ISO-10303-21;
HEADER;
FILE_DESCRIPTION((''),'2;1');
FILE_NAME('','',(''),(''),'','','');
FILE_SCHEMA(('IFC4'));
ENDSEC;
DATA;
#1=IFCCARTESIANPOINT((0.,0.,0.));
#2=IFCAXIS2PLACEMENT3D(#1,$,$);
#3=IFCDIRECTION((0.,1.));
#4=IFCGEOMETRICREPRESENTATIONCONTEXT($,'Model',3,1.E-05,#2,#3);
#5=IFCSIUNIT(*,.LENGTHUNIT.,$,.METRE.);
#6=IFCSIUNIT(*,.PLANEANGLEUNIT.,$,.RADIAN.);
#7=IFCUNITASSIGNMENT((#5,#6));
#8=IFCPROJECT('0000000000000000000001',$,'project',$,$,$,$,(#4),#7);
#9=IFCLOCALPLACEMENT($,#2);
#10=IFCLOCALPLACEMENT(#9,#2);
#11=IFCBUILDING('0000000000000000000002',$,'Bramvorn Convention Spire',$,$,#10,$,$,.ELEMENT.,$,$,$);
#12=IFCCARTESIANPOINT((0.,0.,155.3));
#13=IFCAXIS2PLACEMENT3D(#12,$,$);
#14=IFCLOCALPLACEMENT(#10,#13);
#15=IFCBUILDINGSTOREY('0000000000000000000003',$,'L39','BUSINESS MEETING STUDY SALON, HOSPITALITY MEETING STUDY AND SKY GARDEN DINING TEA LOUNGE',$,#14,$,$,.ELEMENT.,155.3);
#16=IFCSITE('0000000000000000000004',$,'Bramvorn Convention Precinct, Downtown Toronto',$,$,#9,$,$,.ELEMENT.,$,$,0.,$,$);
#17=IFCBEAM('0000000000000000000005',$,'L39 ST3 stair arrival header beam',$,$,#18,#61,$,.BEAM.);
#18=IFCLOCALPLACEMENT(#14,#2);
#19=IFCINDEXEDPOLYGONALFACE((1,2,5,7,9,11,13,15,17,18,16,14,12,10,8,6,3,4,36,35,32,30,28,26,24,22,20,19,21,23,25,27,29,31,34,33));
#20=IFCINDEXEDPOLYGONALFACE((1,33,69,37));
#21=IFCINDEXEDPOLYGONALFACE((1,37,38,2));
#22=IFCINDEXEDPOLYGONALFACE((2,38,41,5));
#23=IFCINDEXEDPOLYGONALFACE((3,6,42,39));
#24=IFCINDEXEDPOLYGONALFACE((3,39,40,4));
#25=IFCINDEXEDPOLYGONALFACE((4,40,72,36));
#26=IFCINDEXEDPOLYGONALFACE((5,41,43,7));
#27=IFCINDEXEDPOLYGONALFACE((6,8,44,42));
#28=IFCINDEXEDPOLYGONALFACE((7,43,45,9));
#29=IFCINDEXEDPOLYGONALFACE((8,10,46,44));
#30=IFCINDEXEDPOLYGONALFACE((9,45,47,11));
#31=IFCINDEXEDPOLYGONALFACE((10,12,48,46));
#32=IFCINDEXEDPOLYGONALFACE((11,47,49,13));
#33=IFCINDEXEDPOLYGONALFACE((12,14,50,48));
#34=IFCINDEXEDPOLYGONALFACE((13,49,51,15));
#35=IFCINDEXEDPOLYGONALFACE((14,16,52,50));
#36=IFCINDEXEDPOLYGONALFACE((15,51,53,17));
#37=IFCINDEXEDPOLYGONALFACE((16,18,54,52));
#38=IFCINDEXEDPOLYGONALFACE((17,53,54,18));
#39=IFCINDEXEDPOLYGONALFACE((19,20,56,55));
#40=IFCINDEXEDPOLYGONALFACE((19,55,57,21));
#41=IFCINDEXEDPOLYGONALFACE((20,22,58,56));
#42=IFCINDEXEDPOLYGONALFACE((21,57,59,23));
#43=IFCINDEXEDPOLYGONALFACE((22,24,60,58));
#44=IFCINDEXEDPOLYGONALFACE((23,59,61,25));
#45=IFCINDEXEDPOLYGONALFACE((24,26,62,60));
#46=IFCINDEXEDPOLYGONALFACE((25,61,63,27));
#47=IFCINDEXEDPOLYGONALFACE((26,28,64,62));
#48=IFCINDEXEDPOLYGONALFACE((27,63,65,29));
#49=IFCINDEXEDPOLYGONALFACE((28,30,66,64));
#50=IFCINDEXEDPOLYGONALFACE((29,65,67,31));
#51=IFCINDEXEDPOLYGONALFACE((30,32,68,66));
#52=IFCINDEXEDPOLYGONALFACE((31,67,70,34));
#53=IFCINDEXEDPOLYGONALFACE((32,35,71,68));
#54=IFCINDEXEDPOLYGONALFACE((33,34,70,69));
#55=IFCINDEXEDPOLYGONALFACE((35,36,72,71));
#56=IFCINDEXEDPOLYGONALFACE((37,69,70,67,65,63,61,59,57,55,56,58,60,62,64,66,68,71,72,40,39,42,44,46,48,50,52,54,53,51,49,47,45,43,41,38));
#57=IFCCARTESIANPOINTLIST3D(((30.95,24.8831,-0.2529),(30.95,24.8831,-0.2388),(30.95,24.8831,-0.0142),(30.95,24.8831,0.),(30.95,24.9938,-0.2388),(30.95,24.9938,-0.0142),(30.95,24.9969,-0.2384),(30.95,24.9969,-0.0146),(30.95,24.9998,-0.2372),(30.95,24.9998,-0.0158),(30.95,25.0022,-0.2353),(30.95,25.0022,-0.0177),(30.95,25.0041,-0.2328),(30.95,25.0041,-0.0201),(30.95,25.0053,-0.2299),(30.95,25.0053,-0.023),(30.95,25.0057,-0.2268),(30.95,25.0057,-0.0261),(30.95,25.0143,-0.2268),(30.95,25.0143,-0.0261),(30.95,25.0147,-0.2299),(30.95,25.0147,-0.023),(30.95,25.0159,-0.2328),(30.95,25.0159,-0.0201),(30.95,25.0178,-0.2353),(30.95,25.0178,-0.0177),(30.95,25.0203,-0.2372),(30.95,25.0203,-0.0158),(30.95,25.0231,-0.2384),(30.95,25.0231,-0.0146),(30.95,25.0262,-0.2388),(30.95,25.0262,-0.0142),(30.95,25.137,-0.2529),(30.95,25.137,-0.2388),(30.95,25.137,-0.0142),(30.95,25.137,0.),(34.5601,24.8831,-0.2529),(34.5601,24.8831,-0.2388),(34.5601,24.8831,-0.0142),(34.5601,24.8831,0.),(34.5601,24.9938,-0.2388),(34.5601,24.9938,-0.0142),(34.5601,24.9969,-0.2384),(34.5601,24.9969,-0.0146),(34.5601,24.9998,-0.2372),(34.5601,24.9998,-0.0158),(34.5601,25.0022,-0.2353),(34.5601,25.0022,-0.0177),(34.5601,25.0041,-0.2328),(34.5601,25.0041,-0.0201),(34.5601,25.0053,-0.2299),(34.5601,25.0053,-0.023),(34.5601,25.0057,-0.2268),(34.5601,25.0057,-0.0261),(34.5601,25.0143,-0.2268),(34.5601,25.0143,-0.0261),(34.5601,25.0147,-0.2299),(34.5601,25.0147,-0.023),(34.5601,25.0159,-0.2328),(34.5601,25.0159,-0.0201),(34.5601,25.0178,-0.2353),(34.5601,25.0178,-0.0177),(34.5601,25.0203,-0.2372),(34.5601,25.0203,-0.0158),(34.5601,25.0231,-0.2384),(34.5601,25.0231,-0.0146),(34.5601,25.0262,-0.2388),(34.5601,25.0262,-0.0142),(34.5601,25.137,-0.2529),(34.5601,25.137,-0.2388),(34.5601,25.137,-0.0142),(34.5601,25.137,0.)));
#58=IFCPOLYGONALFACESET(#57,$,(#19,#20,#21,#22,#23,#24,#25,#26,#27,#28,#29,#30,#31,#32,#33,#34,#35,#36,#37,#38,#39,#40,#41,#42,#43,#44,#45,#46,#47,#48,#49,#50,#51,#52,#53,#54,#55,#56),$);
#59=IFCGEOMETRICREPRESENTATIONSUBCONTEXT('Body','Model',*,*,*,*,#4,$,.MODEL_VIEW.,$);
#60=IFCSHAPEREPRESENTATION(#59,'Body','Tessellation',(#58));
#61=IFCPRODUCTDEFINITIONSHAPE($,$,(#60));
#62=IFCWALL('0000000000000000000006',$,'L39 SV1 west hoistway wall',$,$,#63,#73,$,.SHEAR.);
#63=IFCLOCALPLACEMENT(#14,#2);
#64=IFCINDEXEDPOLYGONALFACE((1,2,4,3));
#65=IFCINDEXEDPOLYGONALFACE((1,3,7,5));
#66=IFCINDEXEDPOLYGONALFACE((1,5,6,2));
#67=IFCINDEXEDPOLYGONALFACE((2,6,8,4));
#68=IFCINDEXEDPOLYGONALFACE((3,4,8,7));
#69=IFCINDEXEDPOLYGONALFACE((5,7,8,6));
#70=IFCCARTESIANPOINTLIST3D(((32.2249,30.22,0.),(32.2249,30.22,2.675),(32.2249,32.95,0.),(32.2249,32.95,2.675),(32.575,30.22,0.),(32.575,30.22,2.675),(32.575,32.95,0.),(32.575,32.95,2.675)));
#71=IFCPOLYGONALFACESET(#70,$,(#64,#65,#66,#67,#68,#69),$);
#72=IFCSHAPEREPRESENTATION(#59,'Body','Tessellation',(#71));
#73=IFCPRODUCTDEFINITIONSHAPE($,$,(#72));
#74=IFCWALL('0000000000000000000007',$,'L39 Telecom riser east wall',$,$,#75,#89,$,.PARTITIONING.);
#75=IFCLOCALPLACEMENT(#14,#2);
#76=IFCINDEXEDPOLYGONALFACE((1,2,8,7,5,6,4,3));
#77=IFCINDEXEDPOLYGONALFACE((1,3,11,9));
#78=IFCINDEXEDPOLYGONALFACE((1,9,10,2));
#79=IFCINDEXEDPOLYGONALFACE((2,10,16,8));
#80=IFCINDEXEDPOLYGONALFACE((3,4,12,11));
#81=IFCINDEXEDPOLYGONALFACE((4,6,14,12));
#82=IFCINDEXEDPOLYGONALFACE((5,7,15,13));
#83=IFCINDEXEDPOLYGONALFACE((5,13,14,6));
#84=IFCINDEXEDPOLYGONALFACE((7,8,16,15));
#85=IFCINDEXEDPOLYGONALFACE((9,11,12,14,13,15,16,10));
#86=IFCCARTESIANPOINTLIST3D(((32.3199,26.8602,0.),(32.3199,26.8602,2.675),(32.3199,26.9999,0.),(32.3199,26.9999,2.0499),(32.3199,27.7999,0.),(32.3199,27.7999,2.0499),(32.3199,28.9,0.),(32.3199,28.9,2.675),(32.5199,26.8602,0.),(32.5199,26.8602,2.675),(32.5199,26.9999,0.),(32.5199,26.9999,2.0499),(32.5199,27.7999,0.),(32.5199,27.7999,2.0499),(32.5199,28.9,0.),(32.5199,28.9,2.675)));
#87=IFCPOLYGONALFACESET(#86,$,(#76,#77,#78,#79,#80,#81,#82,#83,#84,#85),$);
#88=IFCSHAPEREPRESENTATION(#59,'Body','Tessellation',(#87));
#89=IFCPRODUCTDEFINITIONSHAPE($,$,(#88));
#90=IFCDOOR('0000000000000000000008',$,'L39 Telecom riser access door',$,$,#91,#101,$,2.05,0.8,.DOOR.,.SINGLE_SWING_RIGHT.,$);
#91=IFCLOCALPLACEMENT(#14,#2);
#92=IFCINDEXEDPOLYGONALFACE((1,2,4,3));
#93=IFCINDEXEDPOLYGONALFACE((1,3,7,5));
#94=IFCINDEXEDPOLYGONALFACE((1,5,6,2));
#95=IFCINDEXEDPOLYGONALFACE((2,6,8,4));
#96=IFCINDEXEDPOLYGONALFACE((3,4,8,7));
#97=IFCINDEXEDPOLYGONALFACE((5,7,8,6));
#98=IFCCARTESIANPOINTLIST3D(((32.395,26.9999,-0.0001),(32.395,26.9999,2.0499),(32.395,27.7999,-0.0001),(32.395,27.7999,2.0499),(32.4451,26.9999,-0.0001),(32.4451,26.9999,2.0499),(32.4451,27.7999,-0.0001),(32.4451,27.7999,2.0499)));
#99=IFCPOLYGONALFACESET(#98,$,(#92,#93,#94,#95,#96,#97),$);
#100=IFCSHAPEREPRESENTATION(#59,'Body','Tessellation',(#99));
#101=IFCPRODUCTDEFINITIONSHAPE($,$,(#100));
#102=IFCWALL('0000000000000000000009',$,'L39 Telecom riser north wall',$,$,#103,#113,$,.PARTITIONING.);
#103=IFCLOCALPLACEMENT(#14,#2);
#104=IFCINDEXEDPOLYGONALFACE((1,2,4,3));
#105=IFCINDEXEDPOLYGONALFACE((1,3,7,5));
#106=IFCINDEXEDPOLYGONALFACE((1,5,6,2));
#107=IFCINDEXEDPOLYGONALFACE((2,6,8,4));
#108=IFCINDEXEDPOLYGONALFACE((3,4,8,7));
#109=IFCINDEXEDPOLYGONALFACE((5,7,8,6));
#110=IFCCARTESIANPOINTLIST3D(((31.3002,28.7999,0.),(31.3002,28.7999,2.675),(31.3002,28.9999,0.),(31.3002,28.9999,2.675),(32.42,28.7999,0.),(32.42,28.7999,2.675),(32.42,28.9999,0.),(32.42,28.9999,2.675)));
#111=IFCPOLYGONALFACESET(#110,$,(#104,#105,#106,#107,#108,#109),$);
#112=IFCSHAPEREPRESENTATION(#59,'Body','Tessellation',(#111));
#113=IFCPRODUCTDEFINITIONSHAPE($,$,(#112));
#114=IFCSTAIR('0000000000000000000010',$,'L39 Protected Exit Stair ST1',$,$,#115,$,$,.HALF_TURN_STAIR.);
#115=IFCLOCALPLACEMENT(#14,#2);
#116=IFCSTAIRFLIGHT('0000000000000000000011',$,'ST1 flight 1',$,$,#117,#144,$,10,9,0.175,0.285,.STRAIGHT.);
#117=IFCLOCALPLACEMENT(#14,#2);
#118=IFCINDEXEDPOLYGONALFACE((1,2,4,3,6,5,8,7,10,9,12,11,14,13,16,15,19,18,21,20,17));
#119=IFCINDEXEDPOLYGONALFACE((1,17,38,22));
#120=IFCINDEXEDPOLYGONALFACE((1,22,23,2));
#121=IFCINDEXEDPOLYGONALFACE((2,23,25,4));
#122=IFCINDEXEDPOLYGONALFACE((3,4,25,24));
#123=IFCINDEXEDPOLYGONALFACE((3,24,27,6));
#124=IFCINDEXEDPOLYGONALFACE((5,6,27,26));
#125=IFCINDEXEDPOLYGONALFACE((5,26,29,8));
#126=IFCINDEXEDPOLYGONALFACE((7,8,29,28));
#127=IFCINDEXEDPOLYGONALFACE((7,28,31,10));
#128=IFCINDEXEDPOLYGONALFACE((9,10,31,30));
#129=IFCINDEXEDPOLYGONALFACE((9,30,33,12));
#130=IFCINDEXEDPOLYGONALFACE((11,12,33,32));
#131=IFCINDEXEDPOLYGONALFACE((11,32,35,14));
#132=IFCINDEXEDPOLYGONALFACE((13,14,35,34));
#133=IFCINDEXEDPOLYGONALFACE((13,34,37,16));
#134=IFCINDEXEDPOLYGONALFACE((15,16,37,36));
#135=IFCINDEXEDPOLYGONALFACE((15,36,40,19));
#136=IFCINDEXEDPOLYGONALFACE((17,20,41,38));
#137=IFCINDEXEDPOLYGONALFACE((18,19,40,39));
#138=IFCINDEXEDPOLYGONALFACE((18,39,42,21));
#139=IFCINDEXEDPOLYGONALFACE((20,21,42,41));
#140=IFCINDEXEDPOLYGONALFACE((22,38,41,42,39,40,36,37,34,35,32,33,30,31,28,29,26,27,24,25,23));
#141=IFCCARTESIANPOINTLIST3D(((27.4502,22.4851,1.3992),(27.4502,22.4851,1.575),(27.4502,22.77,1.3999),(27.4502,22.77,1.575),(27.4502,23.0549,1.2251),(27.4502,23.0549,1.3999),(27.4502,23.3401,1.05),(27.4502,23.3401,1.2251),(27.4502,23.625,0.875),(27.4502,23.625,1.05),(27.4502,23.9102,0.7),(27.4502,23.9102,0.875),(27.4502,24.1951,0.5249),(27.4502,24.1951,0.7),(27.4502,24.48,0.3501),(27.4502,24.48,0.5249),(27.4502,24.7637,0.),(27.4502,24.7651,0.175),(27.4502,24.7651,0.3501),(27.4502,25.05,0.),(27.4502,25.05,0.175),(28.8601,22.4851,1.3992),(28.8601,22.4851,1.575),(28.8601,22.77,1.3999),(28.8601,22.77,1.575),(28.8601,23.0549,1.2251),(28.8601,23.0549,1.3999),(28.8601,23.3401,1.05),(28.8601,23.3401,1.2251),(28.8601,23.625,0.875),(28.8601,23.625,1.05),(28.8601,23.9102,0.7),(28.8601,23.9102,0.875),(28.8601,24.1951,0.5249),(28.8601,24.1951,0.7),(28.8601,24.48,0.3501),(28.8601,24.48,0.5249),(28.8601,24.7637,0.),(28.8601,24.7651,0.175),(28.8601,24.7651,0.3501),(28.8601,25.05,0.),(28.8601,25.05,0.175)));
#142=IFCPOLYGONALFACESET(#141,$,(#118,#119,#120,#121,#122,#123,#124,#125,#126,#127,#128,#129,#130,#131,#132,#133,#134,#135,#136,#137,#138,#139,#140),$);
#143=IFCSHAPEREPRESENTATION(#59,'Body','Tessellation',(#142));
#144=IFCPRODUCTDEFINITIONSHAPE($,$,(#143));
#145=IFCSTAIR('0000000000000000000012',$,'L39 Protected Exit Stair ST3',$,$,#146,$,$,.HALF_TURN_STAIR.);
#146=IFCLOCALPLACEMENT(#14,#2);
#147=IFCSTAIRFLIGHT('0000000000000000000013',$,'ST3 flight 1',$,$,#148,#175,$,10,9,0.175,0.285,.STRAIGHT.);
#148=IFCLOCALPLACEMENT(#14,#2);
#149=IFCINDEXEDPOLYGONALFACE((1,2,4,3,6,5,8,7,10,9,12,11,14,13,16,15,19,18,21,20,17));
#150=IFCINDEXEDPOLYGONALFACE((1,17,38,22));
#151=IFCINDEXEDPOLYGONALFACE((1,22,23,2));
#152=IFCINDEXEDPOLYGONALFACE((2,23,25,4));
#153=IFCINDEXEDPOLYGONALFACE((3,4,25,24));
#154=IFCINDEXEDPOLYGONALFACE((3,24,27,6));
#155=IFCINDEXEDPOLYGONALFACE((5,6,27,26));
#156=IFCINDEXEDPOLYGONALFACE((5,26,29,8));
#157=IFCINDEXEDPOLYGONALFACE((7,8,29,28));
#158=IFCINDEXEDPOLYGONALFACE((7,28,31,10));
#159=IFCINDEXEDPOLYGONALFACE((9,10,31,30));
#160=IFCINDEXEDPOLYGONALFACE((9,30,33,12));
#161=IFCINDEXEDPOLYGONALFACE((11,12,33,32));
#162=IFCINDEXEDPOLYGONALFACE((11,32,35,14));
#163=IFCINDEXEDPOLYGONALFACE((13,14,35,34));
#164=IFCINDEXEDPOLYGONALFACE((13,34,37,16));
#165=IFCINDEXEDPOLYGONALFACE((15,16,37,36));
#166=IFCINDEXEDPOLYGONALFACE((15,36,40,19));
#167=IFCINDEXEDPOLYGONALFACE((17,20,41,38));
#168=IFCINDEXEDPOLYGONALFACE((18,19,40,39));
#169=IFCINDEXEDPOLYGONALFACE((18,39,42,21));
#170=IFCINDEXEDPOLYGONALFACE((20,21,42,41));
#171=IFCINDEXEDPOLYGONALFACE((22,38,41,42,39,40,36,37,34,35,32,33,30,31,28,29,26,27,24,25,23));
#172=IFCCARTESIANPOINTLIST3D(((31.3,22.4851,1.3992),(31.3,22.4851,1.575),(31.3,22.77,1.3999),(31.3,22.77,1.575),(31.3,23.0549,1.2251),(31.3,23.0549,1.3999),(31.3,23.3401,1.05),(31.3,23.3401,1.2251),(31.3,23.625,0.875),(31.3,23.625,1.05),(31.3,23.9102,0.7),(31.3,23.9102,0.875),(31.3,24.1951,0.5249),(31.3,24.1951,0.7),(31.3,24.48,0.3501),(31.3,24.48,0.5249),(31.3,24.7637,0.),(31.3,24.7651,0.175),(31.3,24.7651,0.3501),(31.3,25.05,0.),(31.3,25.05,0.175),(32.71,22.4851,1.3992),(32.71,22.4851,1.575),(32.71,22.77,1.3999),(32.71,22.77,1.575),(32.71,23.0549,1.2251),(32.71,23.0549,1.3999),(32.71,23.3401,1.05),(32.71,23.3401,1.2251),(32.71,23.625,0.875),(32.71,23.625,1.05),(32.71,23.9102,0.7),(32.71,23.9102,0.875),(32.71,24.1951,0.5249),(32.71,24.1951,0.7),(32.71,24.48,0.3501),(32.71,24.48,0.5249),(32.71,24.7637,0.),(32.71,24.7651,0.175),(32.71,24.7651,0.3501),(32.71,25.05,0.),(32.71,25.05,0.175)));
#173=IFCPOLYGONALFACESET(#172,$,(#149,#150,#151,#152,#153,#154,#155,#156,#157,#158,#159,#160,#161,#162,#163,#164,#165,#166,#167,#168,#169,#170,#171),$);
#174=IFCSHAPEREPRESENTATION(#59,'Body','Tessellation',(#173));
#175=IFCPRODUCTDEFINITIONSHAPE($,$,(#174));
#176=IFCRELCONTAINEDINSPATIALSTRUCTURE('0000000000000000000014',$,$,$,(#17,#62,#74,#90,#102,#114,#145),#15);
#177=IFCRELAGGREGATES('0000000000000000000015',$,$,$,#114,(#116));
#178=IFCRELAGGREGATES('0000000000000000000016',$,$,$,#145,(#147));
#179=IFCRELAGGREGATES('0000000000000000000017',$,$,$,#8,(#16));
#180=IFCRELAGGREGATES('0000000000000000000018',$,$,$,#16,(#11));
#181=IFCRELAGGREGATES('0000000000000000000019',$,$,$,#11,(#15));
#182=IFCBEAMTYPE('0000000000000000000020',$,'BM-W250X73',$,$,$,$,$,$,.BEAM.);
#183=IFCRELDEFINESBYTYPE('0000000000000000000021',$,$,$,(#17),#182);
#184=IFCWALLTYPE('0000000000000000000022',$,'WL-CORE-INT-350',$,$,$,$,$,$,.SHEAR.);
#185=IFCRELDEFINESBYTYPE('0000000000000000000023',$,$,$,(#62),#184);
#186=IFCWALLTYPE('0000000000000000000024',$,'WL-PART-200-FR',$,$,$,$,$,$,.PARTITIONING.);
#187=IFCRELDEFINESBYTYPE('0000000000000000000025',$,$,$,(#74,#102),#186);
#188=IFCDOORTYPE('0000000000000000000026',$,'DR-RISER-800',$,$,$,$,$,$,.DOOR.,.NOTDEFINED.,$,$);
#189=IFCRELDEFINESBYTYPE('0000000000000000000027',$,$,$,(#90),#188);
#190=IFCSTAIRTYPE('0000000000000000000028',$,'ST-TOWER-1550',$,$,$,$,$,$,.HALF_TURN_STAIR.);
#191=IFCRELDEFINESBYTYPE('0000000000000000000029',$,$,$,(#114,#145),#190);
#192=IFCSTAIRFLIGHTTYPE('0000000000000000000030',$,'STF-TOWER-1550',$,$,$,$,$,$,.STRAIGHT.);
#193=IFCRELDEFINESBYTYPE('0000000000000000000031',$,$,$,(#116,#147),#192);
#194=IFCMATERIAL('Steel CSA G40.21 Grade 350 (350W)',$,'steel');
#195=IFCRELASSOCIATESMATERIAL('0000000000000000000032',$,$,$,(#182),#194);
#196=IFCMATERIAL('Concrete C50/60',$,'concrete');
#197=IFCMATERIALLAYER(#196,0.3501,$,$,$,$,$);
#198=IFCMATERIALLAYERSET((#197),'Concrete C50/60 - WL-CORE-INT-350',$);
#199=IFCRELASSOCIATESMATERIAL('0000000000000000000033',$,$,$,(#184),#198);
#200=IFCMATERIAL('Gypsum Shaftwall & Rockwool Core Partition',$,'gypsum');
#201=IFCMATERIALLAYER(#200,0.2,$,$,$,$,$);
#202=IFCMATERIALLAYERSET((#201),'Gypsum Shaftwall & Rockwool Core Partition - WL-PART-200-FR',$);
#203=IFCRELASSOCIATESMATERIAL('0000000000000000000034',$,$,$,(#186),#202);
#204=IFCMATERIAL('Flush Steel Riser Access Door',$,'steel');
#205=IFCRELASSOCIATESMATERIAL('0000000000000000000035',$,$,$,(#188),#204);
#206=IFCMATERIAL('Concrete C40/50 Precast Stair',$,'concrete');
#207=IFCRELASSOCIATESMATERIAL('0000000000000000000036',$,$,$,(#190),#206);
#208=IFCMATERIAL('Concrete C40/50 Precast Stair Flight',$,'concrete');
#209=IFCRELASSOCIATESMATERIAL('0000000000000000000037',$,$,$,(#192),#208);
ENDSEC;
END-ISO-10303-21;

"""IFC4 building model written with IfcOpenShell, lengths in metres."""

from ifc_helpers import new_model, si_unit, direction, frame, frame_2d, origin, origin_2d, place, context, subcontext, project, spatial, polyline, rectangle, i_section, outline, extrude, material, layer, layer_set, material_profile, profile_set, type_object, element, fill, aggregate, save


model = new_model("IFC4")

# Units and contexts
model_context = context("Model", 3, precision=1e-05, world=origin(), true_north=direction((0.0, 1.0)))
body_context = subcontext(model_context, "Body", "Model", "MODEL_VIEW")
ifc_project = project(units=[si_unit("LENGTHUNIT", "METRE"), si_unit("PLANEANGLEUNIT", "RADIAN")], contexts=[model_context])

# Site, building, storey
site_placement = place(None, origin())
site = spatial("IfcSite", under=ifc_project, at=site_placement, Name="Bramvorn Convention Precinct, Downtown Toronto", CompositionType="ELEMENT", RefElevation=0.0)
building_placement = place(site_placement, origin())
building = spatial("IfcBuilding", under=site, at=building_placement, Name="Bramvorn Convention Spire", CompositionType="ELEMENT")
storey_placement = place(building_placement, frame((0.0, 0.0, 155.3)))
storey = spatial("IfcBuildingStorey", under=building, at=storey_placement, Name="L39", Description="BUSINESS MEETING STUDY SALON, HOSPITALITY MEETING STUDY AND SKY GARDEN DINING TEA LOUNGE", CompositionType="ELEMENT", Elevation=155.3)

# Beam
ifc_material_1 = material(Name="Steel CSA G40.21 Grade 350 (350W)", Category="steel")
ifc_material_profile = material_profile(ifc_material_1, i_section(OverallWidth=0.2539, OverallDepth=0.2529, WebThickness=0.0085, FlangeThickness=0.0142, FilletRadius=0.012, at=origin_2d()))
ifc_profile_set = profile_set([ifc_material_profile], Name="Steel CSA G40.21 Grade 350 (350W) - W250X73")
beam_type = type_object("IfcBeamType", Name="BM-W250X73", PredefinedType="BEAM", material=ifc_profile_set)
beam_placement = place(storey_placement, frame((30.95, 25.01, -0.1265), z_axis=(1.0, 0.0, 0.0), x_axis=(0.0, 1.0, 0.0)))
element("IfcBeam", 1, at=beam_placement, inside=storey, type_object=beam_type, Name="L39 ST3 stair arrival header beam", PredefinedType="BEAM", context=body_context, shape_type="SweptSolid", body=[
    extrude(i_section(OverallWidth=0.2539, OverallDepth=0.2529, WebThickness=0.0085, FlangeThickness=0.0142, FilletRadius=0.012, at=origin_2d()), origin(), (0.0, 0.0, 1.0), 3.6101),
])

# Shared definitions
ifc_material_2 = material(Name="Concrete C50/60", Category="concrete")
ifc_layer_1 = layer(ifc_material_2, 0.3501)
ifc_layer_set_1 = layer_set([ifc_layer_1], Name="Concrete C50/60 - WL-CORE-INT-350")
wall_type_1 = type_object("IfcWallType", Name="WL-CORE-INT-350", PredefinedType="SHEAR", material=ifc_layer_set_1)

# Wall
wall_1_placement = place(storey_placement, frame((32.3999, 30.22, 0.0), z_axis=(0.0, 0.0, 1.0), x_axis=(0.0, 1.0, 0.0)))
element("IfcWall", 2, at=wall_1_placement, inside=storey, type_object=wall_type_1, Name="L39 SV1 west hoistway wall", PredefinedType="SHEAR", context=body_context, shape_type="SweptSolid", body=[
    extrude(rectangle(XDim=2.73, YDim=0.3501, at=frame_2d((1.365, 0.0))), origin(), (0.0, 0.0, 1.0), 2.675),
])

# Wall, opening, door
ifc_material_3 = material(Name="Gypsum Shaftwall & Rockwool Core Partition", Category="gypsum")
ifc_layer_2 = layer(ifc_material_3, 0.2)
ifc_layer_set_2 = layer_set([ifc_layer_2], Name="Gypsum Shaftwall & Rockwool Core Partition - WL-PART-200-FR")
wall_type_2 = type_object("IfcWallType", Name="WL-PART-200-FR", PredefinedType="PARTITIONING", material=ifc_layer_set_2)
wall_2_placement = place(storey_placement, frame((32.4199, 26.8601, 0.0), z_axis=(0.0, 0.0, 1.0), x_axis=(0.0, 1.0, 0.0)))
wall_2 = element("IfcWall", 3, at=wall_2_placement, inside=storey, type_object=wall_type_2, Name="L39 Telecom riser east wall", PredefinedType="PARTITIONING", context=body_context, shape_type="SweptSolid", body=[
    extrude(rectangle(XDim=2.0398, YDim=0.2, at=frame_2d((1.02, 0.0))), origin(), (0.0, 0.0, 1.0), 2.675),
])
opening_1_placement = place(wall_2_placement, frame((0.1399, 0.0, 0.0)))
opening_1 = element("IfcOpeningElement", 4, at=opening_1_placement, cuts=wall_2, PredefinedType="OPENING", context=body_context, shape_type="SweptSolid", body=[
    extrude(rectangle(XDim=0.8, YDim=2.05, at=frame_2d((0.3999, 1.0249))), frame((0.0, 0.1099, 0.0), z_axis=(0.0, -1.0, 0.0), x_axis=(1.0, 0.0, 0.0)), (0.0, 0.0, 1.0), 0.22),
])
ifc_material_4 = material(Name="Flush Steel Riser Access Door", Category="steel")
door_type_1 = type_object("IfcDoorType", Name="DR-RISER-800", OperationType="NOTDEFINED", PredefinedType="DOOR", material=ifc_material_4)
door_1_placement = place(opening_1_placement, origin())
door_1 = element("IfcDoor", 5, at=door_1_placement, inside=storey, type_object=door_type_1, Name="L39 Telecom riser access door", OperationType="SINGLE_SWING_RIGHT", OverallHeight=2.05, OverallWidth=0.8, PredefinedType="DOOR", context=body_context, shape_type="SweptSolid", body=[
    extrude(rectangle(XDim=0.8, YDim=2.05, at=frame_2d((0.3999, 1.0249))), frame((0.0, 0.0249, 0.0), z_axis=(0.0, -1.0, 0.0), x_axis=(1.0, 0.0, 0.0)), (0.0, 0.0, 1.0), 0.05),
])
fill(opening_1, door_1)

# Wall
wall_3_placement = place(storey_placement, frame((31.3, 28.8999, 0.0), z_axis=(0.0, 0.0, 1.0), x_axis=(1.0, 0.0, 0.0)))
element("IfcWall", 6, at=wall_3_placement, inside=storey, type_object=wall_type_2, Name="L39 Telecom riser north wall", PredefinedType="PARTITIONING", context=body_context, shape_type="SweptSolid", body=[
    extrude(rectangle(XDim=1.1199, YDim=0.2, at=frame_2d((0.5601, 0.0))), origin(), (0.0, 0.0, 1.0), 2.675),
])

# Stairs, stair flights
ifc_material_5 = material(Name="Concrete C40/50 Precast Stair", Category="concrete")
stair_type = type_object("IfcStairType", Name="ST-TOWER-1550", PredefinedType="HALF_TURN_STAIR", material=ifc_material_5)
stair_1_placement = place(storey_placement, origin())
stair_1 = element("IfcStair", 7, at=stair_1_placement, inside=storey, type_object=stair_type, Name="L39 Protected Exit Stair ST1", PredefinedType="HALF_TURN_STAIR")
ifc_material_6 = material(Name="Concrete C40/50 Precast Stair Flight", Category="concrete")
stair_flight_type = type_object("IfcStairFlightType", Name="STF-TOWER-1550", PredefinedType="STRAIGHT", material=ifc_material_6)
stair_flight_1_placement = place(storey_placement, frame((28.155, 25.05, 0.0), z_axis=(0.0, 0.0, 1.0), x_axis=(0.0, -1.0, 0.0)))
stair_flight_1 = element("IfcStairFlight", 8, at=stair_flight_1_placement, type_object=stair_flight_type, Name="ST1 flight 1", NumberOfRisers=10, NumberOfTreads=9, PredefinedType="STRAIGHT", RiserHeight=0.175, TreadLength=0.285, context=body_context, shape_type="SweptSolid", body=[
    extrude(outline(polyline([(0.0, 0.0), (0.0, 0.175), (0.2849, 0.175), (0.2849, 0.3501), (0.5701, 0.3501), (0.5701, 0.5249), (0.855, 0.5249), (0.855, 0.7), (1.1399, 0.7), (1.1399, 0.875), (1.425, 0.875), (1.425, 1.05), (1.71, 1.05), (1.71, 1.2251), (1.9951, 1.2251), (1.9951, 1.3999), (2.28, 1.3999), (2.28, 1.575), (2.5649, 1.575), (2.5649, 1.75), (2.5649, 1.3992), (0.2864, 0.0), (0.0, 0.0)])), frame((0.0, 0.7051, 0.0), z_axis=(0.0, -1.0, 0.0), x_axis=(1.0, 0.0, 0.0)), (0.0, 0.0, 1.0), 1.4099),
])
aggregate(stair_1, [stair_flight_1])
stair_2_placement = place(storey_placement, origin())
stair_2 = element("IfcStair", 9, at=stair_2_placement, inside=storey, type_object=stair_type, Name="L39 Protected Exit Stair ST3", PredefinedType="HALF_TURN_STAIR")
stair_flight_2_placement = place(storey_placement, frame((32.0049, 25.05, 0.0), z_axis=(0.0, 0.0, 1.0), x_axis=(0.0, -1.0, 0.0)))
stair_flight_2 = element("IfcStairFlight", 10, at=stair_flight_2_placement, type_object=stair_flight_type, Name="ST3 flight 1", NumberOfRisers=10, NumberOfTreads=9, PredefinedType="STRAIGHT", RiserHeight=0.175, TreadLength=0.285, context=body_context, shape_type="SweptSolid", body=[
    extrude(outline(polyline([(0.0, 0.0), (0.0, 0.175), (0.2849, 0.175), (0.2849, 0.3501), (0.5701, 0.3501), (0.5701, 0.5249), (0.855, 0.5249), (0.855, 0.7), (1.1399, 0.7), (1.1399, 0.875), (1.425, 0.875), (1.425, 1.05), (1.71, 1.05), (1.71, 1.2251), (1.9951, 1.2251), (1.9951, 1.3999), (2.28, 1.3999), (2.28, 1.575), (2.5649, 1.575), (2.5649, 1.75), (2.5649, 1.3992), (0.2864, 0.0), (0.0, 0.0)])), frame((0.0, 0.7051, 0.0), z_axis=(0.0, -1.0, 0.0), x_axis=(1.0, 0.0, 0.0)), (0.0, 0.0, 1.0), 1.4099),
])
aggregate(stair_2, [stair_flight_2])

save(model, "model.ifc")
